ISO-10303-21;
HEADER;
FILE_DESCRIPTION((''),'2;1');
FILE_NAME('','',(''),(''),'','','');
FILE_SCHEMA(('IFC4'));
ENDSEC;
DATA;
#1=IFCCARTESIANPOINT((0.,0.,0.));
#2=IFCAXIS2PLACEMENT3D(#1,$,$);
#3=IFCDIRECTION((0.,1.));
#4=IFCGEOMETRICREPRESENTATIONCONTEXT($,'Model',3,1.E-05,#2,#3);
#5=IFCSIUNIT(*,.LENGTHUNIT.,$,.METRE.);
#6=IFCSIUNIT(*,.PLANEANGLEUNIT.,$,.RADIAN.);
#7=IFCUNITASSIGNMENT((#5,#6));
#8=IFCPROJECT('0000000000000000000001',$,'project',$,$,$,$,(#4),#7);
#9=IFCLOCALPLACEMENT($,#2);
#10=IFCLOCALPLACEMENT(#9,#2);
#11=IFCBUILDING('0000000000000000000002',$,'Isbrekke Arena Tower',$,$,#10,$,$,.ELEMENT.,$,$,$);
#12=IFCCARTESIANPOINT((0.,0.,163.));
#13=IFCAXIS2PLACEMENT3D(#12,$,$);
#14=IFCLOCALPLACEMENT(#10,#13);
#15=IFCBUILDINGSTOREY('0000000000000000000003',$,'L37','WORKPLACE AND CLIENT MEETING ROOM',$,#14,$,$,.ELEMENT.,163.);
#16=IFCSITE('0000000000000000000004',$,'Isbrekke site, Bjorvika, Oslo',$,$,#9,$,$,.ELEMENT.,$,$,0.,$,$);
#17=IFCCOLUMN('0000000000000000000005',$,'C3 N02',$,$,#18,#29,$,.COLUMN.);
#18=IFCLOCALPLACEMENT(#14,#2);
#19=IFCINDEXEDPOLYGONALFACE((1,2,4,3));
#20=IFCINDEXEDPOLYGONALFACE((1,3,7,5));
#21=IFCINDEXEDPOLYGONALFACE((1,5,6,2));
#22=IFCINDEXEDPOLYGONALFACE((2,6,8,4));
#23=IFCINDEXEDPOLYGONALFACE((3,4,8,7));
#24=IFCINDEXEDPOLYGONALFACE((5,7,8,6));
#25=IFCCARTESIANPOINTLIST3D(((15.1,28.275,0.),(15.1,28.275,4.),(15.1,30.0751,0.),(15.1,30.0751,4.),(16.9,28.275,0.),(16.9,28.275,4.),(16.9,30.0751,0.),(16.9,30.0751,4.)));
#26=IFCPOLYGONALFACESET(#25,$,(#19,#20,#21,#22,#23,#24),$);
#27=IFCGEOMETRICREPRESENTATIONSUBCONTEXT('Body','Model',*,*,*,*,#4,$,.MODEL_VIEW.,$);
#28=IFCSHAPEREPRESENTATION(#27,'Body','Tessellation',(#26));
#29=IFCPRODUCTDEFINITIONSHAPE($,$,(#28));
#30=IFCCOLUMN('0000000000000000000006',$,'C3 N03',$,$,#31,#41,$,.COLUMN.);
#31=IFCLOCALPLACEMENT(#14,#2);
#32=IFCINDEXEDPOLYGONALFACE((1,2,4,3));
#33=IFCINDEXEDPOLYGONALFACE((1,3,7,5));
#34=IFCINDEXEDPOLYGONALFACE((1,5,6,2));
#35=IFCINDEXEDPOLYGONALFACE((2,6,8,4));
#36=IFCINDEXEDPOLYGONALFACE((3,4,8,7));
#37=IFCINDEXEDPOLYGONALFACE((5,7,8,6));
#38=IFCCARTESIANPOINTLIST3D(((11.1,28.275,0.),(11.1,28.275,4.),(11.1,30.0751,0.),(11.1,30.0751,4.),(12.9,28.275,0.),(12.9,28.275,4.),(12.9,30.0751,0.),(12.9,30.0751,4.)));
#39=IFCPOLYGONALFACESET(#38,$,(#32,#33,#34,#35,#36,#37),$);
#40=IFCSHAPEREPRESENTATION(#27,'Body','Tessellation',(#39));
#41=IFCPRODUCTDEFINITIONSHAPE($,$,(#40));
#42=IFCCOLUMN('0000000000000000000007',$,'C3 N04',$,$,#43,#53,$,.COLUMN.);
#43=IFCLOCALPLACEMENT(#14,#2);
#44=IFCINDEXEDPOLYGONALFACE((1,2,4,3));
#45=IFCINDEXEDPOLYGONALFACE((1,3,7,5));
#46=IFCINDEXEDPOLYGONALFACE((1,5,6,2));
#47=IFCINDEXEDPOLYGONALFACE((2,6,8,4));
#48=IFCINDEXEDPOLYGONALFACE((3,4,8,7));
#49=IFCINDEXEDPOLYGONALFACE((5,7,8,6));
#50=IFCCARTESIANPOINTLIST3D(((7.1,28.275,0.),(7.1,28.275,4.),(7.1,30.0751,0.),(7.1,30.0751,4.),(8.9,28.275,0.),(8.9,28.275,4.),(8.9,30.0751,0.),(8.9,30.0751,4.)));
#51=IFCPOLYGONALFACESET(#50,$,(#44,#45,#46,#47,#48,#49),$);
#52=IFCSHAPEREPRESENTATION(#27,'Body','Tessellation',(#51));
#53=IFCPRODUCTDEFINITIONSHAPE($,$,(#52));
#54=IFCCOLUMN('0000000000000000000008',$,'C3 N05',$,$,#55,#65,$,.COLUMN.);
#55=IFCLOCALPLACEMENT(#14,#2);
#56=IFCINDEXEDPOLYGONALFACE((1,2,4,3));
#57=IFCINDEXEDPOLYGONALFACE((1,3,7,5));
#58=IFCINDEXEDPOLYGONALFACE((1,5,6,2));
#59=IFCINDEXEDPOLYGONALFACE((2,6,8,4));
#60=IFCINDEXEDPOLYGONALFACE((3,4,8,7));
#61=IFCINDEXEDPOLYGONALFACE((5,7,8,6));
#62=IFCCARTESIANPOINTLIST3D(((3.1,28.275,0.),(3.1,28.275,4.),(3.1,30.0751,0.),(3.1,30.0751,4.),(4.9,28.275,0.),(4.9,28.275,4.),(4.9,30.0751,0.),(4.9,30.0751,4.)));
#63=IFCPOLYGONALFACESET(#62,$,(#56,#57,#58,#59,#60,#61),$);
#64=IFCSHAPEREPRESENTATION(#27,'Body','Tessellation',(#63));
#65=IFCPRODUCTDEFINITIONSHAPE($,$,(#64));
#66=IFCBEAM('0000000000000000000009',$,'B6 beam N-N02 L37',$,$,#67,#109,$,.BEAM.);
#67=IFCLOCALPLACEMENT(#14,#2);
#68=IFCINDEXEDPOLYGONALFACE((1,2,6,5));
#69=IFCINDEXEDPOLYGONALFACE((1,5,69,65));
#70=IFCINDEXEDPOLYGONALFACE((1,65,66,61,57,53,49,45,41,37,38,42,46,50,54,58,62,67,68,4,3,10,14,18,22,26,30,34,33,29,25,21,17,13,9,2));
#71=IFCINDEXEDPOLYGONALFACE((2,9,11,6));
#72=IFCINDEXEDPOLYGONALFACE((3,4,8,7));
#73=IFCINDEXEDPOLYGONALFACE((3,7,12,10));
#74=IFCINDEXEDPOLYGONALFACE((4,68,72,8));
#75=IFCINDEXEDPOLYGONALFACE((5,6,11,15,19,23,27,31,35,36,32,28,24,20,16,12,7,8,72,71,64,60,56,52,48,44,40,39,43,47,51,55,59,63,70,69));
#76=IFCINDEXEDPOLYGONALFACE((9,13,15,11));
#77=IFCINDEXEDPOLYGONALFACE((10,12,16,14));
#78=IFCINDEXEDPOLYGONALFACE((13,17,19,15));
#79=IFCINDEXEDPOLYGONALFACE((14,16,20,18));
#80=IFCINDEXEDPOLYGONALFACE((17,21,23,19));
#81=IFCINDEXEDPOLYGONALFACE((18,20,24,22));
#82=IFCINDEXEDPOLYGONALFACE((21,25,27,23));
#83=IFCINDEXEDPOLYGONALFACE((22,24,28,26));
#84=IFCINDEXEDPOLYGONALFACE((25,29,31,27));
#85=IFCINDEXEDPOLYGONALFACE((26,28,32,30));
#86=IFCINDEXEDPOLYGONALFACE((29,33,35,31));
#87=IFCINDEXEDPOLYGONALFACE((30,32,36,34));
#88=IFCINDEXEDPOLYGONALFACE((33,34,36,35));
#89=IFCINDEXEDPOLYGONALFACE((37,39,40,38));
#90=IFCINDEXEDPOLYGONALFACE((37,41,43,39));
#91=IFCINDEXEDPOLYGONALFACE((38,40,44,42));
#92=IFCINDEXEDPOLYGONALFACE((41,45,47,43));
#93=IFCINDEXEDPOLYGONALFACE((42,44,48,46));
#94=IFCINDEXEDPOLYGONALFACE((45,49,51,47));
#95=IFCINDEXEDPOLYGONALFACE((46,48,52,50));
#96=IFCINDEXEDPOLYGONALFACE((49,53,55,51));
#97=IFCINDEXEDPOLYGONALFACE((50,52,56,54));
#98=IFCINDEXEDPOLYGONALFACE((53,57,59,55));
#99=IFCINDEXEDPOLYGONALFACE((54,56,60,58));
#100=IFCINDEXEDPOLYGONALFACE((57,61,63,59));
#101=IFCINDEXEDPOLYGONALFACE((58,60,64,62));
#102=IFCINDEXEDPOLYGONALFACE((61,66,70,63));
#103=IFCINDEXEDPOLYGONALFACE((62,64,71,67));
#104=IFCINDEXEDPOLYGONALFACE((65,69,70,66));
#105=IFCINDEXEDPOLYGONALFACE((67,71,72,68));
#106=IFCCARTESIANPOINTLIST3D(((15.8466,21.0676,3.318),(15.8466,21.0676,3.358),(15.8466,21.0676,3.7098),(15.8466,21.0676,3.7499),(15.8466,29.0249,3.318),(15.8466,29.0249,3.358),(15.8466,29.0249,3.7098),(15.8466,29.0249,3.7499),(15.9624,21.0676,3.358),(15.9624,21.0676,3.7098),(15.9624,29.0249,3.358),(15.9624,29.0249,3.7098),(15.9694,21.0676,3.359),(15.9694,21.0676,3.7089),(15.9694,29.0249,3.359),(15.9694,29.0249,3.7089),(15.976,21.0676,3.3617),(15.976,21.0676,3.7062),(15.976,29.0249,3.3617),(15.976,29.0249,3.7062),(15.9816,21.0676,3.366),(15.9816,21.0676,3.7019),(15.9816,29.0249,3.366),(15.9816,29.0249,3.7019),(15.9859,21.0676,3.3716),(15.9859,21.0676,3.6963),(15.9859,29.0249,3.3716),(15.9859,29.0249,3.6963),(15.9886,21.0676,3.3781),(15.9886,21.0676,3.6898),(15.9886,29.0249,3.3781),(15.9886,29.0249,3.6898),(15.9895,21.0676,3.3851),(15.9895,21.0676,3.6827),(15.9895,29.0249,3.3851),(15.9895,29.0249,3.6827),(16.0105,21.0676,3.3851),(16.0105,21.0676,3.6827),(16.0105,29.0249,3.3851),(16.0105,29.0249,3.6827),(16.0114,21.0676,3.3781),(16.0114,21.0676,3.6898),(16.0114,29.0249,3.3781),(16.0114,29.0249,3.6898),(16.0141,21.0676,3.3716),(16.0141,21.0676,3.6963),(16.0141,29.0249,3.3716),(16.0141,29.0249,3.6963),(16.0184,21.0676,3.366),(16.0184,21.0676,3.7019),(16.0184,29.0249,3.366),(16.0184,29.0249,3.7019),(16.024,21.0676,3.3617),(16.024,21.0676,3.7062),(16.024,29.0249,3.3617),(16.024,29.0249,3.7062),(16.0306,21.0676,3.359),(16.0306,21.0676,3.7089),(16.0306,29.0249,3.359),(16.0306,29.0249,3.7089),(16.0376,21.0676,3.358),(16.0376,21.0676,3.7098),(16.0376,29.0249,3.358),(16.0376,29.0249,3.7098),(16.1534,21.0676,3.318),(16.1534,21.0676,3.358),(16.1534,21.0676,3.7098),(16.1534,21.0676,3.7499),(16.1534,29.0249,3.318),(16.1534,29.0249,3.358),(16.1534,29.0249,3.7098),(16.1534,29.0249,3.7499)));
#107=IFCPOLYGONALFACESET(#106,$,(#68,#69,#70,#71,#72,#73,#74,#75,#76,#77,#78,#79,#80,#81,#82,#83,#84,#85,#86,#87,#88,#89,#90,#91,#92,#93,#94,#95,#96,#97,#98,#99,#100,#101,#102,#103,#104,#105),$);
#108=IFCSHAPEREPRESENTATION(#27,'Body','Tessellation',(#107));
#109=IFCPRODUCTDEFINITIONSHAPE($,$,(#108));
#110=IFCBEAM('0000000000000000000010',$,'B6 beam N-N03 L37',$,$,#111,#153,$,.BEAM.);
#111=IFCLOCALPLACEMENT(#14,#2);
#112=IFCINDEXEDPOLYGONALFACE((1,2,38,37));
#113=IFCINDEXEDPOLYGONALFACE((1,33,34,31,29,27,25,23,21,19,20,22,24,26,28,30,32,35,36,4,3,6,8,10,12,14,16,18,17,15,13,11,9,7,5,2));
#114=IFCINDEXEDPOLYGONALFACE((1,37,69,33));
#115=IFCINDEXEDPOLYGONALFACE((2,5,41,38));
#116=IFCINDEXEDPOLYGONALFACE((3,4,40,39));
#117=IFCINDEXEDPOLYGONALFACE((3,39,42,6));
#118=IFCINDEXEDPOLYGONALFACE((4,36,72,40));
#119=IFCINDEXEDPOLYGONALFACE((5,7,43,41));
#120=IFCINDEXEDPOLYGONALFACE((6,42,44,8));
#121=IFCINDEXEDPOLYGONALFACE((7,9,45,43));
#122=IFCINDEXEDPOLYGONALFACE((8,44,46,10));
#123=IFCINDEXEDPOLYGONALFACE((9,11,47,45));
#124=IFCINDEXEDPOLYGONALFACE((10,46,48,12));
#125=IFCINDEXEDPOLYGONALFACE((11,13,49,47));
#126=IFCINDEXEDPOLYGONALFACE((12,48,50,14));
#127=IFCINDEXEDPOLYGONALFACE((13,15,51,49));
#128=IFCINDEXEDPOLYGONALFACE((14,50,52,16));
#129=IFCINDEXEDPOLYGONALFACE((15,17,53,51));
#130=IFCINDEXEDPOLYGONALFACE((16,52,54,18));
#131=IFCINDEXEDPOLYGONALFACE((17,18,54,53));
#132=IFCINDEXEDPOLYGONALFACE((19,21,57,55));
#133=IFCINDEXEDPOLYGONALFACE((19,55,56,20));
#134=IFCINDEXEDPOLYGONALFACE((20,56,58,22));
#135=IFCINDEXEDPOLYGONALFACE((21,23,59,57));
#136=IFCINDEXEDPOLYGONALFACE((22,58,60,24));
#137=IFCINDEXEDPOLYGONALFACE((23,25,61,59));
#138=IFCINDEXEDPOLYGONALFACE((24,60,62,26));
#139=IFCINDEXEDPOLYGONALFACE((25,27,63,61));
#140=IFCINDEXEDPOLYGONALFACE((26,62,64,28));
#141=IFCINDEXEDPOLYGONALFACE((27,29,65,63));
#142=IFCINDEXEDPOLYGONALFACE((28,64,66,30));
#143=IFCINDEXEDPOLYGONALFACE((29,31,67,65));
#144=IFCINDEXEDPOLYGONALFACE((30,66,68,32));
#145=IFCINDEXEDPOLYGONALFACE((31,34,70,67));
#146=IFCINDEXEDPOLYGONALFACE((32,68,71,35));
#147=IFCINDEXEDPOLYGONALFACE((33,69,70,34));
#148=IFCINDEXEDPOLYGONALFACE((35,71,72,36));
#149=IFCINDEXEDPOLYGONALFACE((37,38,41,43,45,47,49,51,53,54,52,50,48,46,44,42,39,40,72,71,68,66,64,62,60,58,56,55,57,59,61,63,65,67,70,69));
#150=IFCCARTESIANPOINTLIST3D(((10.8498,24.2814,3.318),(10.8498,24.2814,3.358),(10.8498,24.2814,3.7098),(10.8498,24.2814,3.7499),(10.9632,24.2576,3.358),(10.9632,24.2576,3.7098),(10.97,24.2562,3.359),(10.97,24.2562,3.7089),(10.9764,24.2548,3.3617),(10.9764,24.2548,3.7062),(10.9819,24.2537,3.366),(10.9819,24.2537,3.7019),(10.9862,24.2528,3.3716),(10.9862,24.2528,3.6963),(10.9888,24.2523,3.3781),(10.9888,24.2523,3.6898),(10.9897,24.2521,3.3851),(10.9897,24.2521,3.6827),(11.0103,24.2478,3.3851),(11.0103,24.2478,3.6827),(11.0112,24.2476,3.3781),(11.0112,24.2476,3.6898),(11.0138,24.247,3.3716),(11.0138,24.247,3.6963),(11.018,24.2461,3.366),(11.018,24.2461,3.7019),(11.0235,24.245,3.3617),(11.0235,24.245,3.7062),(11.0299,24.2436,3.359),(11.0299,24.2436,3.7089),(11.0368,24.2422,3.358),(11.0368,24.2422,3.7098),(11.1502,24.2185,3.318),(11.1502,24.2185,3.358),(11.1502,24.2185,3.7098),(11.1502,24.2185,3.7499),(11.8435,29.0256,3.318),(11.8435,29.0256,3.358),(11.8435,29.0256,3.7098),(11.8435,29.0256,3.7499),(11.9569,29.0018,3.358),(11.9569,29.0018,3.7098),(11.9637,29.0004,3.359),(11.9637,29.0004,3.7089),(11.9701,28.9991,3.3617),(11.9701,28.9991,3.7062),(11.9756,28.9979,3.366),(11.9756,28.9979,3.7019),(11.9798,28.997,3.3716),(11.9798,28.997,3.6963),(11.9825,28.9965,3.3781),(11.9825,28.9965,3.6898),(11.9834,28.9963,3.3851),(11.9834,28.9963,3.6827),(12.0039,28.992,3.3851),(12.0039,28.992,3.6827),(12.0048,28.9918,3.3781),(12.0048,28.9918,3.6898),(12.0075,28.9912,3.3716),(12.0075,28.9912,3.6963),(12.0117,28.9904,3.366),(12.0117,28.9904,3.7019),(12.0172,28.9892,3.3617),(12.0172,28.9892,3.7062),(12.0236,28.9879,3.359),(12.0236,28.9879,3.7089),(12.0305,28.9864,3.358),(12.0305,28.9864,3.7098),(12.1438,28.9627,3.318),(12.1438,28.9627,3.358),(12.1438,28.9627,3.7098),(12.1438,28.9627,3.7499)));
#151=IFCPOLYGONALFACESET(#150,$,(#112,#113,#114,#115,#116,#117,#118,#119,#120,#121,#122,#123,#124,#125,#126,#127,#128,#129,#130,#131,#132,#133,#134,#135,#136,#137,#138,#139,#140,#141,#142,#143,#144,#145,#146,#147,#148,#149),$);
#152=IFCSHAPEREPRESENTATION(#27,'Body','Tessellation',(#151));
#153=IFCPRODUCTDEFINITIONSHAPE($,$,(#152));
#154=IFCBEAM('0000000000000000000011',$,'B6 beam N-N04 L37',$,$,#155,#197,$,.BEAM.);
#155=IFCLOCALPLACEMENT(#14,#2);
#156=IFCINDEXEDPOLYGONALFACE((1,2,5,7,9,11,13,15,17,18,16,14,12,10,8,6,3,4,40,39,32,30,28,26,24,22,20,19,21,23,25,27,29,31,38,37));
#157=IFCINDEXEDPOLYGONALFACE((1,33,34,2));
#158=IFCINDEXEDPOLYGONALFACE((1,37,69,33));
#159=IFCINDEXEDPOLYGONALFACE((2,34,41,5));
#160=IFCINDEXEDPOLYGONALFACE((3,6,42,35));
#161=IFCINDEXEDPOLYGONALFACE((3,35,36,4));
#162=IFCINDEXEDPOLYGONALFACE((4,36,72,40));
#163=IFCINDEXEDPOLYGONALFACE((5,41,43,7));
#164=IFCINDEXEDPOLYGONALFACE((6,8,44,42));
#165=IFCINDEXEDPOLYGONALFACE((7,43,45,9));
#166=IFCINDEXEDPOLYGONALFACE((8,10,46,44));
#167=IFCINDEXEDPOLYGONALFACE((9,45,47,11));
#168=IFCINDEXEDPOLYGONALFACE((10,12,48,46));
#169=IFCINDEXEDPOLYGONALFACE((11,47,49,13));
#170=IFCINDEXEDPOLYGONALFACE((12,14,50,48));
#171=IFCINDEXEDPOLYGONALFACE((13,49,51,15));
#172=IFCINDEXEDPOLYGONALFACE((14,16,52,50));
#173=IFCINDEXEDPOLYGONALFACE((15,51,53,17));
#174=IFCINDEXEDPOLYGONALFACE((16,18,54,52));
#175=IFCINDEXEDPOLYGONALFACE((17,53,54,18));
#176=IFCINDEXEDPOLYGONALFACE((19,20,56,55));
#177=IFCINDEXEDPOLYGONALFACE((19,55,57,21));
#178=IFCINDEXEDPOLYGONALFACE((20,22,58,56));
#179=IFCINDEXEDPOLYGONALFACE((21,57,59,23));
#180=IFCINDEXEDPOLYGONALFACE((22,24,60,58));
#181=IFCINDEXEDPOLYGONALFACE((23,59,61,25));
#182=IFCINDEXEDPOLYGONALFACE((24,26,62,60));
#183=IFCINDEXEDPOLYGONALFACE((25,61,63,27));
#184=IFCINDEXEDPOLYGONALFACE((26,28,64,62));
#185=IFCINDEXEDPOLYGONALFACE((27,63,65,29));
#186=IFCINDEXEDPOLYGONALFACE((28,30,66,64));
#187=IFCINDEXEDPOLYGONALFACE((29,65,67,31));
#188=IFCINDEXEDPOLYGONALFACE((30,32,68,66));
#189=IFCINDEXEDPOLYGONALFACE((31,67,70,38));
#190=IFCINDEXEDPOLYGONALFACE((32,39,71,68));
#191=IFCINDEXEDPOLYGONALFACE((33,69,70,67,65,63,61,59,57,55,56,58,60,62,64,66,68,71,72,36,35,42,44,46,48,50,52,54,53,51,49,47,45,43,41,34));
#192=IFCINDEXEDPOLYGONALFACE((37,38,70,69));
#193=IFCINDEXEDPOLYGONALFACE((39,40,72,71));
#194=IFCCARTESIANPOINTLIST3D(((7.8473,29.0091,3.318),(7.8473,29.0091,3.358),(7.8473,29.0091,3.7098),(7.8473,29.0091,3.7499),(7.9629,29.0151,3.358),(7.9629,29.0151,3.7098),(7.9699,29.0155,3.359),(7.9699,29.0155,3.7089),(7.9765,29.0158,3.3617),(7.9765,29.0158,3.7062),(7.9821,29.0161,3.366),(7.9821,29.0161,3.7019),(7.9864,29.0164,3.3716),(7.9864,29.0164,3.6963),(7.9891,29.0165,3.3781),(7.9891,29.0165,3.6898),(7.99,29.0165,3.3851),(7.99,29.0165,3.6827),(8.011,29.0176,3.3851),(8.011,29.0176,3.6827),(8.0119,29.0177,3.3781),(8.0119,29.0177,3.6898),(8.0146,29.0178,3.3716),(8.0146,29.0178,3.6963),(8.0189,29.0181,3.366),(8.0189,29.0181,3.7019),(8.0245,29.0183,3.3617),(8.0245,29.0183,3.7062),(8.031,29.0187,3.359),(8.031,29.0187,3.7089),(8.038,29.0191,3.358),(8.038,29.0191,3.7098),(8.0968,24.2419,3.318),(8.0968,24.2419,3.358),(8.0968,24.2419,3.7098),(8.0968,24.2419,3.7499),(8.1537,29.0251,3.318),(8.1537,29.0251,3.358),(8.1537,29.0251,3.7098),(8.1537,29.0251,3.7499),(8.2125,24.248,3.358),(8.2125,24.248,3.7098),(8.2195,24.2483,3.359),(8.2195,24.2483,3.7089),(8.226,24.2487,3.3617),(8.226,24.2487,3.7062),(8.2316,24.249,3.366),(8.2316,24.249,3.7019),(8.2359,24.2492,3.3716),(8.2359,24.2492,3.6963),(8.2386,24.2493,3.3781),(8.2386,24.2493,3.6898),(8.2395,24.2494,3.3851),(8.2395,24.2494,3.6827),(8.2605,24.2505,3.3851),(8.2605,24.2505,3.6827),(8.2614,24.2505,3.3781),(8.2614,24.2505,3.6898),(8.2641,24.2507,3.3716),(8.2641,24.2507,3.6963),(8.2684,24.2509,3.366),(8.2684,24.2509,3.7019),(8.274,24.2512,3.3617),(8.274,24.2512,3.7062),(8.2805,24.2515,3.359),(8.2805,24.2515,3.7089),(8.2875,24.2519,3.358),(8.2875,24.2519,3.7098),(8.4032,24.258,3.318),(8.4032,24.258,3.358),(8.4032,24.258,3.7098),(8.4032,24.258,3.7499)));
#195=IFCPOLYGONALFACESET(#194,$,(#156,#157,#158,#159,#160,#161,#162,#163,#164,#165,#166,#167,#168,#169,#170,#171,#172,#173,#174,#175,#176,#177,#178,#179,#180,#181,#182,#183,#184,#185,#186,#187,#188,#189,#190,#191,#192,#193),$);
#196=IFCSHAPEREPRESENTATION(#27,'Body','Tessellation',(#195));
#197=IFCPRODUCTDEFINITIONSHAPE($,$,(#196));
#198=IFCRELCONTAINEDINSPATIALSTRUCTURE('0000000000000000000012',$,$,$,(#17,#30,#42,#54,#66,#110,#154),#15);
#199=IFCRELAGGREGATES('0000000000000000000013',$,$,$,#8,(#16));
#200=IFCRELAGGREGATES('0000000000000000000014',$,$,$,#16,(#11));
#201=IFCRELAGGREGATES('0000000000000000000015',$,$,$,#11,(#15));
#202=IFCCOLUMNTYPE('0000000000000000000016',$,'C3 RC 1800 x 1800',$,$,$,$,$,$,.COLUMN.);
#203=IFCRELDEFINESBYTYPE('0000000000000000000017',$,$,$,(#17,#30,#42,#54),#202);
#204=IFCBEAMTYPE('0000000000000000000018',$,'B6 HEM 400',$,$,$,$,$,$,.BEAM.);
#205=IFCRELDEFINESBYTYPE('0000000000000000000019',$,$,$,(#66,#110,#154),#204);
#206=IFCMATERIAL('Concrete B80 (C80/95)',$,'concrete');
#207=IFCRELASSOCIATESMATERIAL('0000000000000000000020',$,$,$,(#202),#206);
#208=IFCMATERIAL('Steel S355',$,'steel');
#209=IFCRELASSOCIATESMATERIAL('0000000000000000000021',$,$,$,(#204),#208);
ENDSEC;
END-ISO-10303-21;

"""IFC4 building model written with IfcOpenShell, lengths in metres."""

from ifc_helpers import new_model, si_unit, direction, frame, origin, origin_2d, place, context, subcontext, project, spatial, rectangle, i_section, extrude, material, material_profile, profile_set, type_object, element, save


model = new_model("IFC4")

# Units and contexts
model_context = context("Model", 3, precision=1e-05, world=origin(), true_north=direction((0.0, 1.0)))
body_context = subcontext(model_context, "Body", "Model", "MODEL_VIEW")
ifc_project = project(units=[si_unit("LENGTHUNIT", "METRE"), si_unit("PLANEANGLEUNIT", "RADIAN")], contexts=[model_context])

# Site, building, storey
site_placement = place(None, origin())
site = spatial("IfcSite", under=ifc_project, at=site_placement, Name="Isbrekke site, Bjorvika, Oslo", CompositionType="ELEMENT", RefElevation=0.0)
building_placement = place(site_placement, origin())
building = spatial("IfcBuilding", under=site, at=building_placement, Name="Isbrekke Arena Tower", CompositionType="ELEMENT")
storey_placement = place(building_placement, frame((0.0, 0.0, 163.0)))
storey = spatial("IfcBuildingStorey", under=building, at=storey_placement, Name="L37", Description="WORKPLACE AND CLIENT MEETING ROOM", CompositionType="ELEMENT", Elevation=163.0)

# Columns
ifc_material_1 = material(Name="Concrete B80 (C80/95)", Category="concrete")
ifc_material_profile_1 = material_profile(ifc_material_1, rectangle(XDim=1.8, YDim=1.8, at=origin_2d()), Name="RC 1800x1800")
ifc_profile_set_1 = profile_set([ifc_material_profile_1], Name="Concrete B80 (C80/95)")
column_type = type_object("IfcColumnType", Name="C3 RC 1800 x 1800", PredefinedType="COLUMN", material=ifc_profile_set_1)
for number, where, z_axis, x_axis, name in (
    (1, (16.0, 29.175, 0.0), (0.0, 0.0, 1.0), (-1.0, 0.0, 0.0), "C3 N02"),
    (2, (12.0, 29.175, 0.0), (0.0, 0.0, 1.0), (-1.0, 0.0, 0.0), "C3 N03"),
    (3, (8.0, 29.175, 0.0), (0.0, 0.0, 1.0), (-1.0, 0.0, 0.0), "C3 N04"),
    (4, (4.0, 29.175, 0.0), (0.0, 0.0, 1.0), (-1.0, 0.0, 0.0), "C3 N05"),
):
    element("IfcColumn", number, at=place(storey_placement, frame(where, z_axis=z_axis, x_axis=x_axis)), inside=storey, type_object=column_type, Name=name, PredefinedType="COLUMN", context=body_context, shape_type="SweptSolid", body=[
        extrude(rectangle(XDim=1.8, YDim=1.8, at=origin_2d()), origin(), (0.0, 0.0, 1.0), 4.0),
    ])

# Beams
ifc_material_2 = material(Name="Steel S355", Category="steel")
ifc_material_profile_2 = material_profile(ifc_material_2, i_section(OverallWidth=0.3069, OverallDepth=0.4319, WebThickness=0.021, FlangeThickness=0.04, FilletRadius=0.0271, at=origin_2d()), Name="HEM 400")
ifc_profile_set_2 = profile_set([ifc_material_profile_2], Name="Steel S355")
beam_type_1 = type_object("IfcBeamType", Name="B6 HEM 400", PredefinedType="BEAM", material=ifc_profile_set_2)
beam_1_placement = place(storey_placement, frame((16.0, 29.0249, 3.5339), z_axis=(0.0, -1.0, 0.0), x_axis=(1.0, 0.0, 0.0)))
element("IfcBeam", 5, at=beam_1_placement, inside=storey, type_object=beam_type_1, Name="B6 beam N-N02 L37", PredefinedType="BEAM", context=body_context, shape_type="SweptSolid", body=[
    extrude(i_section(OverallWidth=0.3069, OverallDepth=0.4319, WebThickness=0.021, FlangeThickness=0.04, FilletRadius=0.0271, at=origin_2d()), origin(), (0.0, 0.0, 1.0), 7.9573),
])
beam_2_placement = place(storey_placement, frame((11.9937, 28.9941, 3.5339), z_axis=(-0.205, -0.978762, 0.0), x_axis=(0.978762, -0.205, 0.0)))
element("IfcBeam", 6, at=beam_2_placement, inside=storey, type_object=beam_type_1, Name="B6 beam N-N03 L37", PredefinedType="BEAM", context=body_context, shape_type="SweptSolid", body=[
    extrude(i_section(OverallWidth=0.3069, OverallDepth=0.4319, WebThickness=0.021, FlangeThickness=0.04, FilletRadius=0.0271, at=origin_2d()), origin(), (0.0, 0.0, 1.0), 4.8472),
])
beam_3_placement = place(storey_placement, frame((8.0005, 29.0171, 3.5339), z_axis=(0.052269, -0.998633, 0.0), x_axis=(0.998633, 0.052269, 0.0)))
element("IfcBeam", 7, at=beam_3_placement, inside=storey, type_object=beam_type_1, Name="B6 beam N-N04 L37", PredefinedType="BEAM", context=body_context, shape_type="SweptSolid", body=[
    extrude(i_section(OverallWidth=0.3069, OverallDepth=0.4319, WebThickness=0.021, FlangeThickness=0.04, FilletRadius=0.0271, at=origin_2d()), origin(), (0.0, 0.0, 1.0), 4.7737),
])

save(model, "model.ifc")
